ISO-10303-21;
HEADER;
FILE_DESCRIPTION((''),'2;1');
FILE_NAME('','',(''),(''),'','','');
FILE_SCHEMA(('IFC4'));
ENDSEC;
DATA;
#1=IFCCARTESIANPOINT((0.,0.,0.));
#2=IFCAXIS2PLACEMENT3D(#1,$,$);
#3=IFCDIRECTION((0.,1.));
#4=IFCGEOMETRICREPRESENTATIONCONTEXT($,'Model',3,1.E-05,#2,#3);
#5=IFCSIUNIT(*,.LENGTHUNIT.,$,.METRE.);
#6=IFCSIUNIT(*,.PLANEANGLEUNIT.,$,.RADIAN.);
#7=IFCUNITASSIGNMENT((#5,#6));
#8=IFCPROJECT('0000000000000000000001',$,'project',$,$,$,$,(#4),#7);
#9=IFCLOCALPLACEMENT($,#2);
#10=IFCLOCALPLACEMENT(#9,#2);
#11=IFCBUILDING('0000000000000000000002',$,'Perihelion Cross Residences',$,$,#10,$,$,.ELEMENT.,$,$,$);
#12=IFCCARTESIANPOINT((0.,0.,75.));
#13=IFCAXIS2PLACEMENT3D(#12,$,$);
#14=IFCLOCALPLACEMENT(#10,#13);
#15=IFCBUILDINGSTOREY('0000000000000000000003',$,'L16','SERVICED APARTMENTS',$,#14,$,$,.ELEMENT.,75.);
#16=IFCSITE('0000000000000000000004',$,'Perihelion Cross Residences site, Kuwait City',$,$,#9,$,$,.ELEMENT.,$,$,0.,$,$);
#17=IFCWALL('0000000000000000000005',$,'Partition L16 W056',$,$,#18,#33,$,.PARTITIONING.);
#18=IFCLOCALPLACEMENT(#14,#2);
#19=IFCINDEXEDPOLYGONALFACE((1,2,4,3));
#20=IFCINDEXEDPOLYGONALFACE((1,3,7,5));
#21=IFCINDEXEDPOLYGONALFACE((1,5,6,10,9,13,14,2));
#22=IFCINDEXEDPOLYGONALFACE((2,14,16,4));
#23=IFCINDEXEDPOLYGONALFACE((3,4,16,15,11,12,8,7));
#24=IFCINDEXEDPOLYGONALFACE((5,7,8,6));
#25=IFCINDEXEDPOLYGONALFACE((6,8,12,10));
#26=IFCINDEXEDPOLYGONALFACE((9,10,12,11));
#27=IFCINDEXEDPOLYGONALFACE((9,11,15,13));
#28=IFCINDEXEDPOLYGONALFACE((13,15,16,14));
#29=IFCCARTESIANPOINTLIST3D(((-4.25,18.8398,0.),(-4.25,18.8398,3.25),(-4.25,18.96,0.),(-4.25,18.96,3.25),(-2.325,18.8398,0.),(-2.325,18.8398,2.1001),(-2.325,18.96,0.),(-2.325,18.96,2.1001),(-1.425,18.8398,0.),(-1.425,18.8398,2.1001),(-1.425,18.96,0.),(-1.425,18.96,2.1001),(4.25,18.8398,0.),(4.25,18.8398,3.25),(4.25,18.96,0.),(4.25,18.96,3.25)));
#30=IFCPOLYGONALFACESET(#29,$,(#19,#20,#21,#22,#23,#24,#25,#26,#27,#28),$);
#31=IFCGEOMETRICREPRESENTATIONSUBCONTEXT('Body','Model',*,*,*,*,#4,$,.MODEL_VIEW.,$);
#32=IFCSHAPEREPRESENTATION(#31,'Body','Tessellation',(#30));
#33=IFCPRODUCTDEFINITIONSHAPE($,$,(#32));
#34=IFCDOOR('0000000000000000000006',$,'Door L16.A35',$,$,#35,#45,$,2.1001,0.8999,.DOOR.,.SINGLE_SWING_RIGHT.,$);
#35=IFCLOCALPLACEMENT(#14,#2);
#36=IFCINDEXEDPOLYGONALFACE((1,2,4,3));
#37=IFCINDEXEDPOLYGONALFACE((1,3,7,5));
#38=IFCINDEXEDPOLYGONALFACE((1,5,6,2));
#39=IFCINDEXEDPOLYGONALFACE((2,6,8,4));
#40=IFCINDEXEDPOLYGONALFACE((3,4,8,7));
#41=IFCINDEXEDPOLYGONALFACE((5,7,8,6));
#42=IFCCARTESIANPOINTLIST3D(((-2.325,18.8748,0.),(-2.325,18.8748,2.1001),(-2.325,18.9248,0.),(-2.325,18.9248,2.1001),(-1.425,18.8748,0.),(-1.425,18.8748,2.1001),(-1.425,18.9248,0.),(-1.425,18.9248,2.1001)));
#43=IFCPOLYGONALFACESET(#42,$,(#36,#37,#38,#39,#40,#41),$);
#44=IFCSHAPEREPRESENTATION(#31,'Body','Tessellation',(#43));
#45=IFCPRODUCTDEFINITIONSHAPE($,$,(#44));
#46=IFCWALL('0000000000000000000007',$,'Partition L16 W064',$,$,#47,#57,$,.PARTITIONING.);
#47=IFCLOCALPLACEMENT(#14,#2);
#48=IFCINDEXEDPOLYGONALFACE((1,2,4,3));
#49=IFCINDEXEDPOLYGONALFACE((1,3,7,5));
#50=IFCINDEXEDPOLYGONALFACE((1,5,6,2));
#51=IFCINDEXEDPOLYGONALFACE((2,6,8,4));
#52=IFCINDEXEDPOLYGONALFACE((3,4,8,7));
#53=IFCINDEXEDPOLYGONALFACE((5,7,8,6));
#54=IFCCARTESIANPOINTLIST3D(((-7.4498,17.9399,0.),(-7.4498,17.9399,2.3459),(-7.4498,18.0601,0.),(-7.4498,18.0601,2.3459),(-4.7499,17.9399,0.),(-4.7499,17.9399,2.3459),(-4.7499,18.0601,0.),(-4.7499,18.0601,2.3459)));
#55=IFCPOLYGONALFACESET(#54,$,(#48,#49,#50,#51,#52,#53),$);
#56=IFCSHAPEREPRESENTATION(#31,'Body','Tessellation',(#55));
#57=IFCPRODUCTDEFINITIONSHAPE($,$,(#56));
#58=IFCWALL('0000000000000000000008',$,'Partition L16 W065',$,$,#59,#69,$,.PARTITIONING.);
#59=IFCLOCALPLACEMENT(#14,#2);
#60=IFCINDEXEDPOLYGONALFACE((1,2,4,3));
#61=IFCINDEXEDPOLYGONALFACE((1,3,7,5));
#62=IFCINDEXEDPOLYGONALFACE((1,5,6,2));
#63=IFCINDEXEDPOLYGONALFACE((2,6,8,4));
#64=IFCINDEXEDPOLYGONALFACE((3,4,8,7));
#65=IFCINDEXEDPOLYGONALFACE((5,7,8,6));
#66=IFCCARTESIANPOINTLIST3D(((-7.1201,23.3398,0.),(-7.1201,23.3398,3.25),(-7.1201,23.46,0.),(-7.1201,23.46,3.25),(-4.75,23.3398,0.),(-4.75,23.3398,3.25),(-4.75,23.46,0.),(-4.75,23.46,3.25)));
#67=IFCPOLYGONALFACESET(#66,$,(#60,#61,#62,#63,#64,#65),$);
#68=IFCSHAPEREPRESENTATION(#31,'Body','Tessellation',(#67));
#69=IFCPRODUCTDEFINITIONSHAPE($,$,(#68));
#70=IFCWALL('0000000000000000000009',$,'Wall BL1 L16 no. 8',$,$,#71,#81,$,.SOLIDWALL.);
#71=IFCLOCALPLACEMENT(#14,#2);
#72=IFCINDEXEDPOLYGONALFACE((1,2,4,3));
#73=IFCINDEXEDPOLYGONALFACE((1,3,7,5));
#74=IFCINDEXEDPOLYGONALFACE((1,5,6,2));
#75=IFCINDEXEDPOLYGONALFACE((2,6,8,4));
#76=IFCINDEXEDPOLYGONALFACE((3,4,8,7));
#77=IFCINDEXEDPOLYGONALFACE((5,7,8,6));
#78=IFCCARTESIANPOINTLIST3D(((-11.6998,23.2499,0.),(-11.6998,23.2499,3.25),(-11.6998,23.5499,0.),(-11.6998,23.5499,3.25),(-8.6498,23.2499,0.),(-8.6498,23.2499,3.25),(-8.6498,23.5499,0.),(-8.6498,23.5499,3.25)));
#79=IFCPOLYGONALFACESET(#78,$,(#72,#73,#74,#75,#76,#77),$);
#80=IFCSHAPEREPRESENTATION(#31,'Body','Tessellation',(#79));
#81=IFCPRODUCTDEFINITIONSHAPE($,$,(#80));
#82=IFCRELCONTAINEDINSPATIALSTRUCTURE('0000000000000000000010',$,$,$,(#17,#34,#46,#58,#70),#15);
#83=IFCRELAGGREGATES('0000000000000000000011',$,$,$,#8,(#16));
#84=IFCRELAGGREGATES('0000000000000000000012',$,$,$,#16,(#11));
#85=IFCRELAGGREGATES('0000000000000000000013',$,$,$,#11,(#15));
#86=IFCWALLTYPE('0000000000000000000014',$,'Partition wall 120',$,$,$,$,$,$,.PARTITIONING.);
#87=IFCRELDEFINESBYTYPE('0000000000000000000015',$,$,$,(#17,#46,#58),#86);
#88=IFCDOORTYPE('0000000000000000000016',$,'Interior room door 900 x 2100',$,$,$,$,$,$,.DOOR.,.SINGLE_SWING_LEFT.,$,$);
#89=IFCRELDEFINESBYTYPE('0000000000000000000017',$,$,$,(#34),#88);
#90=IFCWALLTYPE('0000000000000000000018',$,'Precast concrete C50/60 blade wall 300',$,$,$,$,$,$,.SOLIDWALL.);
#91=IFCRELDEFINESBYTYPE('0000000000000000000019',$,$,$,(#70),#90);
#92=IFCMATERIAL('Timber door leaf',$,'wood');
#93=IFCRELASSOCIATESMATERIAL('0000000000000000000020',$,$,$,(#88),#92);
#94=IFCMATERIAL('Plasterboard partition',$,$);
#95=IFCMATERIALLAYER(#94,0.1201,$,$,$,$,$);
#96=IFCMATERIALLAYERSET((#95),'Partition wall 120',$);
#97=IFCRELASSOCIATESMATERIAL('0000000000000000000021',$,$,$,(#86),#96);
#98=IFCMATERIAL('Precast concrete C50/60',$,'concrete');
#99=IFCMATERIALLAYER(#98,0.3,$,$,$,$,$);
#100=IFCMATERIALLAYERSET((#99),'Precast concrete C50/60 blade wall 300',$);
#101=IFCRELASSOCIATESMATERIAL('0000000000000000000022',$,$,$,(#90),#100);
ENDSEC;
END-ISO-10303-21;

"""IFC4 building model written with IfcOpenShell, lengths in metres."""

from ifc_helpers import new_model, si_unit, direction, frame, frame_2d, origin, place, context, subcontext, project, spatial, rectangle, extrude, material, layer, layer_set, type_object, element, fill, save


model = new_model("IFC4")

# Units and contexts
model_context = context("Model", 3, precision=1e-05, world=origin(), true_north=direction((0.0, 1.0)))
body_context = subcontext(model_context, "Body", "Model", "MODEL_VIEW")
ifc_project = project(units=[si_unit("LENGTHUNIT", "METRE"), si_unit("PLANEANGLEUNIT", "RADIAN")], contexts=[model_context])

# Site, building, storey
site_placement = place(None, origin())
site = spatial("IfcSite", under=ifc_project, at=site_placement, Name="Perihelion Cross Residences site, Kuwait City", CompositionType="ELEMENT", RefElevation=0.0)
building_placement = place(site_placement, origin())
building = spatial("IfcBuilding", under=site, at=building_placement, Name="Perihelion Cross Residences", CompositionType="ELEMENT")
storey_placement = place(building_placement, frame((0.0, 0.0, 75.0)))
storey = spatial("IfcBuildingStorey", under=building, at=storey_placement, Name="L16", Description="SERVICED APARTMENTS", CompositionType="ELEMENT", Elevation=75.0)

# Wall, opening, door
ifc_material_1 = material(Name="Timber door leaf", Category="wood")
door_type_1 = type_object("IfcDoorType", Name="Interior room door 900 x 2100", OperationType="SINGLE_SWING_LEFT", PredefinedType="DOOR", material=ifc_material_1)
ifc_material_2 = material(Name="Plasterboard partition")
ifc_layer_1 = layer(ifc_material_2, 0.1201)
ifc_layer_set_1 = layer_set([ifc_layer_1], Name="Partition wall 120")
wall_type_1 = type_object("IfcWallType", Name="Partition wall 120", PredefinedType="PARTITIONING", material=ifc_layer_set_1)
wall_1_placement = place(storey_placement, frame((-4.25, 18.8999, 0.0), z_axis=(0.0, 0.0, 1.0), x_axis=(1.0, 0.0, 0.0)))
wall_1 = element("IfcWall", 1, at=wall_1_placement, inside=storey, type_object=wall_type_1, Name="Partition L16 W056", PredefinedType="PARTITIONING", context=body_context, shape_type="SweptSolid", body=[
    extrude(rectangle(XDim=8.5, YDim=0.1201, at=frame_2d((4.25, 0.0))), origin(), (0.0, 0.0, 1.0), 3.25),
])
opening_1_placement = place(wall_1_placement, frame((1.925, 0.0, 0.0)))
opening_1 = element("IfcOpeningElement", 2, at=opening_1_placement, cuts=wall_1, PredefinedType="OPENING", context=body_context, shape_type="SweptSolid", body=[
    extrude(rectangle(XDim=0.8999, YDim=2.1001, at=frame_2d((0.45, 1.05))), frame((0.0, 0.0701, 0.0), z_axis=(0.0, -1.0, 0.0), x_axis=(1.0, 0.0, 0.0)), (0.0, 0.0, 1.0), 0.1401),
])
door_1_placement = place(opening_1_placement, origin())
door_1 = element("IfcDoor", 3, at=door_1_placement, inside=storey, type_object=door_type_1, Name="Door L16.A35", OperationType="SINGLE_SWING_RIGHT", OverallHeight=2.1001, OverallWidth=0.8999, PredefinedType="DOOR", context=body_context, shape_type="SweptSolid", body=[
    extrude(rectangle(XDim=0.8999, YDim=2.1001, at=frame_2d((0.45, 1.05))), frame((0.0, 0.0249, 0.0), z_axis=(0.0, -1.0, 0.0), x_axis=(1.0, 0.0, 0.0)), (0.0, 0.0, 1.0), 0.05),
])
fill(opening_1, door_1)

# Walls
wall_2_placement = place(storey_placement, frame((-7.45, 18.0, 0.0), z_axis=(0.0, 0.0, 1.0), x_axis=(1.0, 0.0, 0.0)))
element("IfcWall", 4, at=wall_2_placement, inside=storey, type_object=wall_type_1, Name="Partition L16 W064", PredefinedType="PARTITIONING", context=body_context, shape_type="SweptSolid", body=[
    extrude(rectangle(XDim=2.7, YDim=0.1201, at=frame_2d((1.3501, 0.0))), origin(), (0.0, 0.0, 1.0), 2.3459),
])
wall_3_placement = place(storey_placement, frame((-7.1201, 23.3999, 0.0), z_axis=(0.0, 0.0, 1.0), x_axis=(1.0, 0.0, 0.0)))
element("IfcWall", 5, at=wall_3_placement, inside=storey, type_object=wall_type_1, Name="Partition L16 W065", PredefinedType="PARTITIONING", context=body_context, shape_type="SweptSolid", body=[
    extrude(rectangle(XDim=2.3701, YDim=0.1201, at=frame_2d((1.1851, 0.0))), origin(), (0.0, 0.0, 1.0), 3.25),
])
ifc_material_3 = material(Name="Precast concrete C50/60", Category="concrete")
ifc_layer_2 = layer(ifc_material_3, 0.3)
ifc_layer_set_2 = layer_set([ifc_layer_2], Name="Precast concrete C50/60 blade wall 300")
wall_type_2 = type_object("IfcWallType", Name="Precast concrete C50/60 blade wall 300", PredefinedType="SOLIDWALL", material=ifc_layer_set_2)
wall_4_placement = place(storey_placement, frame((-8.6499, 23.3999, 0.0), z_axis=(0.0, 0.0, 1.0), x_axis=(-1.0, 0.0, 0.0)))
element("IfcWall", 6, at=wall_4_placement, inside=storey, type_object=wall_type_2, Name="Wall BL1 L16 no. 8", PredefinedType="SOLIDWALL", context=body_context, shape_type="SweptSolid", body=[
    extrude(rectangle(XDim=3.05, YDim=0.3, at=frame_2d((1.5249, 0.0))), origin(), (0.0, 0.0, 1.0), 3.25),
])

save(model, "model.ifc")
